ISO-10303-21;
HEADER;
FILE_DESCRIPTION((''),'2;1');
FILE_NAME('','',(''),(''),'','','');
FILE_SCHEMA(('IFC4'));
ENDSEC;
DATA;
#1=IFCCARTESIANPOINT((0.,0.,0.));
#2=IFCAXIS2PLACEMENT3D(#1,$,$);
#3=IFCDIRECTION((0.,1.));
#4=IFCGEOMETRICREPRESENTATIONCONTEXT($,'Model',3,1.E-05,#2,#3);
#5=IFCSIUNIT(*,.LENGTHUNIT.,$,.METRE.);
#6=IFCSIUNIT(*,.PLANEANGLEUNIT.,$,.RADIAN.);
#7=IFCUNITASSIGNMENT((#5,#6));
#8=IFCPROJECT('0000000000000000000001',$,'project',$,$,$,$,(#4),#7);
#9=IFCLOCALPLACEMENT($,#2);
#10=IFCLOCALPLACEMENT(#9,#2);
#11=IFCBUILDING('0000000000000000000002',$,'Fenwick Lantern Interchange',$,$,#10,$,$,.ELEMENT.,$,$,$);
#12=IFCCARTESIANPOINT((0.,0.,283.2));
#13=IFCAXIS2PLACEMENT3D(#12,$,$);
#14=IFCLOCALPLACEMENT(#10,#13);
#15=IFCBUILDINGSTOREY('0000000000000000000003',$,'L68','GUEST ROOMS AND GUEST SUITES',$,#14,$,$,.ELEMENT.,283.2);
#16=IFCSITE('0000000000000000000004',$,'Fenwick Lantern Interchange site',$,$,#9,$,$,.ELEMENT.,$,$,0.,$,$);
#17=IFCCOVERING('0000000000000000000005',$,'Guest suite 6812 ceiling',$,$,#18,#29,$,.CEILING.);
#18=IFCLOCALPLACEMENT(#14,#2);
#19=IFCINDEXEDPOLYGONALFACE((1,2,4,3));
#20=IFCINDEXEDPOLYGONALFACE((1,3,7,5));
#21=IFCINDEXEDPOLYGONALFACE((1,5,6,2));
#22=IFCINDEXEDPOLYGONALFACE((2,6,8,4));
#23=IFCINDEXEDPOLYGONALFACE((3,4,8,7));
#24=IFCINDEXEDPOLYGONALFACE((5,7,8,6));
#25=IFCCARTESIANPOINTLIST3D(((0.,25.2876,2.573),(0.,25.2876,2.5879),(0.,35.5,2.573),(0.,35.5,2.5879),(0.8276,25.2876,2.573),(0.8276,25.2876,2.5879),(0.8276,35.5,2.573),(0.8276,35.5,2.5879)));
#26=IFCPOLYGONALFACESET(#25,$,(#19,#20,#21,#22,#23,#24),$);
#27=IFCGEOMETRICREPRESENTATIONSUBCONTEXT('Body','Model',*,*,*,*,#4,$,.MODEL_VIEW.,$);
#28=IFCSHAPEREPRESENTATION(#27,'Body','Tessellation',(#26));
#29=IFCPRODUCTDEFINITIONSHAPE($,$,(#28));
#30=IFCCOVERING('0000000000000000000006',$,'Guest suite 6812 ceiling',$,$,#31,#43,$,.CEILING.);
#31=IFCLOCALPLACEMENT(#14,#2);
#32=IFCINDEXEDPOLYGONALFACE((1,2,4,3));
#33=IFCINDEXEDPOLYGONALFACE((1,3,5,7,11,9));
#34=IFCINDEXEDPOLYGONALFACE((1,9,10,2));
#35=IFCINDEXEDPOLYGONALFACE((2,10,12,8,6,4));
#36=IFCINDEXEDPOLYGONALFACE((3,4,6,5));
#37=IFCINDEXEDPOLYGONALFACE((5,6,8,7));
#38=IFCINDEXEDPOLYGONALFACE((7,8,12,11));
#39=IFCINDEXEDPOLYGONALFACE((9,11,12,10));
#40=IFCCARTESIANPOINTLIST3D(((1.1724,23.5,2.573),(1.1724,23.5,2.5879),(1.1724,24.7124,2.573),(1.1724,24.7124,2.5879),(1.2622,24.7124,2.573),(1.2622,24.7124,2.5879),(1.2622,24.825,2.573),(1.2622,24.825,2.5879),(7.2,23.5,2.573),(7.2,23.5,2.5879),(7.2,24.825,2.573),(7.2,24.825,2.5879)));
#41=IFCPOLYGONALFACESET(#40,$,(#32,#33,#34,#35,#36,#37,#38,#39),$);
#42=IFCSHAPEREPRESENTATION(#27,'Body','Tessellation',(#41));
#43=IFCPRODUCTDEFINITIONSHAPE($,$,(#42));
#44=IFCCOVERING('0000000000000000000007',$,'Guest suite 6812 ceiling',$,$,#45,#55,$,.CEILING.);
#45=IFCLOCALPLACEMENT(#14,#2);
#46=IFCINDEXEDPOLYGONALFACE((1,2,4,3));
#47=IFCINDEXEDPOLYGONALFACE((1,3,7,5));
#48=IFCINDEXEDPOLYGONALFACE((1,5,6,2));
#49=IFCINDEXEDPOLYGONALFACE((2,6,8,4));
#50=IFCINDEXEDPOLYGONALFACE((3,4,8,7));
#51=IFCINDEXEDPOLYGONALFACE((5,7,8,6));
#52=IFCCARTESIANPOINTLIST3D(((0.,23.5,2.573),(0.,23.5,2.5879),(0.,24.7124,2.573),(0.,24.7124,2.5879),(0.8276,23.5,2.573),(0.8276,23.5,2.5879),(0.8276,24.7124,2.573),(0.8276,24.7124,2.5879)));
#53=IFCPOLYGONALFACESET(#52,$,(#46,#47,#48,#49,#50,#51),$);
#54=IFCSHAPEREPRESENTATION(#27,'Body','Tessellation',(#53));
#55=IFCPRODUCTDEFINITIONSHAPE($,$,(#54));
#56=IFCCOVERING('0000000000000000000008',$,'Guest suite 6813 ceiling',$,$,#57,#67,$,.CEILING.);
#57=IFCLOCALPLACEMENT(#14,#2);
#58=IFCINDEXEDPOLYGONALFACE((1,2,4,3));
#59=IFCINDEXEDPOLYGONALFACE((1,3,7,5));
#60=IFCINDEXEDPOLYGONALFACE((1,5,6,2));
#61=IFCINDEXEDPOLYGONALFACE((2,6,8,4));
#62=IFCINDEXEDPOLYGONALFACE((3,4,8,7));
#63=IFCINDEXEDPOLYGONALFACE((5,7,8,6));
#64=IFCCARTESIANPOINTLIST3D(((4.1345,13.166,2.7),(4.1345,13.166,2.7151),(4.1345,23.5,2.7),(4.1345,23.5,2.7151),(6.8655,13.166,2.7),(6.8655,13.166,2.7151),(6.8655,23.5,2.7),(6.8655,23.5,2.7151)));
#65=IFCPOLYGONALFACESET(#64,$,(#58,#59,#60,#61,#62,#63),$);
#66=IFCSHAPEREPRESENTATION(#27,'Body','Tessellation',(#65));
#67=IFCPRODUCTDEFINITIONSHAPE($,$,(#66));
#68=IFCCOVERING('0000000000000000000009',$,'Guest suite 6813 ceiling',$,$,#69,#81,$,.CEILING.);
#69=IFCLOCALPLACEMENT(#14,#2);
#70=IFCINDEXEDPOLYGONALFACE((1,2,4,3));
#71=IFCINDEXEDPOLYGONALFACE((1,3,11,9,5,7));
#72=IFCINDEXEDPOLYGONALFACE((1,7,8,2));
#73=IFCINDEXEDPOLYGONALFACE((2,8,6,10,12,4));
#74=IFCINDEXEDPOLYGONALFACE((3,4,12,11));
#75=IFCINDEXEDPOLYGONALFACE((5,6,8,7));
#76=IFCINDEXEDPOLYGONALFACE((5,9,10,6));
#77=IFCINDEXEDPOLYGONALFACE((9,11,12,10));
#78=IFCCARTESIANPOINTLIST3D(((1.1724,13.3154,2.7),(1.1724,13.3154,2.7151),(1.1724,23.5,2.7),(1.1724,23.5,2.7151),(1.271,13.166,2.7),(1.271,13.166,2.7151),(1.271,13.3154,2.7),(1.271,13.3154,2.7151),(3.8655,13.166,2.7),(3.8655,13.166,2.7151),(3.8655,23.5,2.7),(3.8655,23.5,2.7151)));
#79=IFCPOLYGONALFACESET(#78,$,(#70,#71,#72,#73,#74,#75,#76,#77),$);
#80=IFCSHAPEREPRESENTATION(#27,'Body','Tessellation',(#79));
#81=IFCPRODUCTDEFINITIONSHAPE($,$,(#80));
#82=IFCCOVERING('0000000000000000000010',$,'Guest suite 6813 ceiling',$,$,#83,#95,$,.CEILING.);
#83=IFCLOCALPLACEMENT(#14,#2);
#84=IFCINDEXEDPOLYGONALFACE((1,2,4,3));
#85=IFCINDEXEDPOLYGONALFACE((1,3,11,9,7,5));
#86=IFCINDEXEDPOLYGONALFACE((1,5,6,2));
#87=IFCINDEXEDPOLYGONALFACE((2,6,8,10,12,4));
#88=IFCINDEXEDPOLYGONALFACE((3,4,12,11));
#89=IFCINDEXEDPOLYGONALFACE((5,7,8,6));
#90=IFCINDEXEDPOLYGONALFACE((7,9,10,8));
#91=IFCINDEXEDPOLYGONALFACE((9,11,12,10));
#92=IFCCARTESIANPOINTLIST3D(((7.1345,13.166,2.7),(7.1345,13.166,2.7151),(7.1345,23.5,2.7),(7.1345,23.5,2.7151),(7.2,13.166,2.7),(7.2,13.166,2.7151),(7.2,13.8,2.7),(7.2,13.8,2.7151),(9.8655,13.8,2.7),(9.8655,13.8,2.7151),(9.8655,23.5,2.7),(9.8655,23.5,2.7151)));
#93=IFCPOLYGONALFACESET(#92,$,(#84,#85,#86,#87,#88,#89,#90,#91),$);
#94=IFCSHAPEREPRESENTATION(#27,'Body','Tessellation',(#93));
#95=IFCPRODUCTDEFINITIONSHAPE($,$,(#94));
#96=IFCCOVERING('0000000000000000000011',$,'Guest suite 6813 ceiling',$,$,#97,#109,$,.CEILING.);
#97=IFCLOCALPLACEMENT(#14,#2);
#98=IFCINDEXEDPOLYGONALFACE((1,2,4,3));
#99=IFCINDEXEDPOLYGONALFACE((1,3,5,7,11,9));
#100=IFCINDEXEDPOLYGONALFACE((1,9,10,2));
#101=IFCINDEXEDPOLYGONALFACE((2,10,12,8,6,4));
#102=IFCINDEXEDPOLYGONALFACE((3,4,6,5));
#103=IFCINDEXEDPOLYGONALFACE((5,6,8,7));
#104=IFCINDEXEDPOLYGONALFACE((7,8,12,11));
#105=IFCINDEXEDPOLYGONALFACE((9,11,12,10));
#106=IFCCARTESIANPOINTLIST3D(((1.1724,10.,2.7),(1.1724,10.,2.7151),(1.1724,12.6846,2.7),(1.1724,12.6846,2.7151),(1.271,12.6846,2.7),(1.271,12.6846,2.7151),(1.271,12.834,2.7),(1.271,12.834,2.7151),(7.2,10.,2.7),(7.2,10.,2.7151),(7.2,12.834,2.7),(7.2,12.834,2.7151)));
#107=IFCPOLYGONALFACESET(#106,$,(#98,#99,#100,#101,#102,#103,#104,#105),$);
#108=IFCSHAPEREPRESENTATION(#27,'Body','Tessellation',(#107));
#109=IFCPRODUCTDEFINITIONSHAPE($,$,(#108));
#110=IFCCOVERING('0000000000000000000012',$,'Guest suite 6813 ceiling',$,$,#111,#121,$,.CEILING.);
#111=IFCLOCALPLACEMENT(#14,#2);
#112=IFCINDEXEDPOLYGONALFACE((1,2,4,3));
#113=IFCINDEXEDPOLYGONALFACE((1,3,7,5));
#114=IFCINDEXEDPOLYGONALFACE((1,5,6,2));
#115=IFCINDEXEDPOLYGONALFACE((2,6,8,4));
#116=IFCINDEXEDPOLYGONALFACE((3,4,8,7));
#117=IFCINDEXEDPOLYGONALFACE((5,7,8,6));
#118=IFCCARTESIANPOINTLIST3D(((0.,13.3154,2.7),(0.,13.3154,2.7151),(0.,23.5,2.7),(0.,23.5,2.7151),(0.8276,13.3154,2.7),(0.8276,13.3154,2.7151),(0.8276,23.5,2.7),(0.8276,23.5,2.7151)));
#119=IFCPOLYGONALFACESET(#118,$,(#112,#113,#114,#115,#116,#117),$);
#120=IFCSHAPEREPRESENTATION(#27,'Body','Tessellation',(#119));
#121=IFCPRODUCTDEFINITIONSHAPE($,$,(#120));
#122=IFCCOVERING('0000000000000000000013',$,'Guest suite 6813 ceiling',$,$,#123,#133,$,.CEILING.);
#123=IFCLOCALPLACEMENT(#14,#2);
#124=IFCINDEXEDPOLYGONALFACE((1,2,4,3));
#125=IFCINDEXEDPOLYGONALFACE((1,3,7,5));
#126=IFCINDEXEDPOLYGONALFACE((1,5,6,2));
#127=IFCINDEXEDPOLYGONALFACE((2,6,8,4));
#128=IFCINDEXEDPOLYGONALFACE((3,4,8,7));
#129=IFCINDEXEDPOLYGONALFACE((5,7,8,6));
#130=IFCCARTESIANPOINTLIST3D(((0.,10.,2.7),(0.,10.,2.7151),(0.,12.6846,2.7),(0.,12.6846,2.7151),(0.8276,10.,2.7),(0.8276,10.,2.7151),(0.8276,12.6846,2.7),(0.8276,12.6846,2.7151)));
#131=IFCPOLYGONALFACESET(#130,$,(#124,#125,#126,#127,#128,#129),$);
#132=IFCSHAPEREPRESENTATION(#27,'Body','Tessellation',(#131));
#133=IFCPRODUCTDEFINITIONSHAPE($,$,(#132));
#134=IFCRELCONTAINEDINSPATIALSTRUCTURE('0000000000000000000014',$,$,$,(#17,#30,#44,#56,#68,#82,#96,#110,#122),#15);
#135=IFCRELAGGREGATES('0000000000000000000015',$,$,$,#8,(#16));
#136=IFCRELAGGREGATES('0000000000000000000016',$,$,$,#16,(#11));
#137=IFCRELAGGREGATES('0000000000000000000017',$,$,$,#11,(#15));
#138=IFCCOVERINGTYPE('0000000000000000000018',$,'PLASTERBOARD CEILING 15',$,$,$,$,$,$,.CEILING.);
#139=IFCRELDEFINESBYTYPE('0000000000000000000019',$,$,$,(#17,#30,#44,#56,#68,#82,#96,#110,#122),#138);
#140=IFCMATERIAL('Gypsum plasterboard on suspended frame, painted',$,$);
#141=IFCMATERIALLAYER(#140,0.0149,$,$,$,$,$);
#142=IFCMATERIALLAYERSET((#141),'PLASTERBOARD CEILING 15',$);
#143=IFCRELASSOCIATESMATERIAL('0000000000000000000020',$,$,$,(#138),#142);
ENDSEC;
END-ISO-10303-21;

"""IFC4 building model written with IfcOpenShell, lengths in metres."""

from ifc_helpers import new_model, si_unit, direction, frame, origin, place, context, subcontext, project, spatial, polyline, outline, extrude, material, layer, layer_set, type_object, element, save


model = new_model("IFC4")

# Units and contexts
model_context = context("Model", 3, precision=1e-05, world=origin(), true_north=direction((0.0, 1.0)))
body_context = subcontext(model_context, "Body", "Model", "MODEL_VIEW")
ifc_project = project(units=[si_unit("LENGTHUNIT", "METRE"), si_unit("PLANEANGLEUNIT", "RADIAN")], contexts=[model_context])

# Site, building, storey
site_placement = place(None, origin())
site = spatial("IfcSite", under=ifc_project, at=site_placement, Name="Fenwick Lantern Interchange site", CompositionType="ELEMENT", RefElevation=0.0)
building_placement = place(site_placement, origin())
building = spatial("IfcBuilding", under=site, at=building_placement, Name="Fenwick Lantern Interchange", CompositionType="ELEMENT")
storey_placement = place(building_placement, frame((0.0, 0.0, 283.2)))
storey = spatial("IfcBuildingStorey", under=building, at=storey_placement, Name="L68", Description="GUEST ROOMS AND GUEST SUITES", CompositionType="ELEMENT", Elevation=283.2)

# Coverings
ifc_material_1 = material(Name="Gypsum plasterboard on suspended frame, painted")
ifc_layer_1 = layer(ifc_material_1, 0.0149)
ifc_layer_set_1 = layer_set([ifc_layer_1], Name="PLASTERBOARD CEILING 15")
covering_type_1 = type_object("IfcCoveringType", Name="PLASTERBOARD CEILING 15", PredefinedType="CEILING", material=ifc_layer_set_1)
covering_1_placement = place(storey_placement, frame((0.0, 0.0, 2.573)))
element("IfcCovering", 1, at=covering_1_placement, inside=storey, type_object=covering_type_1, Name="Guest suite 6812 ceiling", PredefinedType="CEILING", context=body_context, shape_type="SweptSolid", body=[
    extrude(outline(polyline([(0.0, 25.2876), (0.8276, 25.2876), (0.8276, 35.5), (0.0, 35.5), (0.0, 25.2876)])), origin(), (0.0, 0.0, 1.0), 0.0149),
])
covering_2_placement = place(storey_placement, frame((0.0, 0.0, 2.573)))
element("IfcCovering", 2, at=covering_2_placement, inside=storey, type_object=covering_type_1, Name="Guest suite 6812 ceiling", PredefinedType="CEILING", context=body_context, shape_type="SweptSolid", body=[
    extrude(outline(polyline([(1.2622, 24.7124), (1.1724, 24.7124), (1.1724, 23.5), (7.2, 23.5), (7.2, 24.825), (1.2622, 24.825), (1.2622, 24.7124)])), origin(), (0.0, 0.0, 1.0), 0.0149),
])
covering_3_placement = place(storey_placement, frame((0.0, 0.0, 2.573)))
element("IfcCovering", 3, at=covering_3_placement, inside=storey, type_object=covering_type_1, Name="Guest suite 6812 ceiling", PredefinedType="CEILING", context=body_context, shape_type="SweptSolid", body=[
    extrude(outline(polyline([(0.8276, 24.7124), (0.0, 24.7124), (0.0, 23.5), (0.8276, 23.5), (0.8276, 24.7124)])), origin(), (0.0, 0.0, 1.0), 0.0149),
])
covering_4_placement = place(storey_placement, frame((0.0, 0.0, 2.7)))
element("IfcCovering", 4, at=covering_4_placement, inside=storey, type_object=covering_type_1, Name="Guest suite 6813 ceiling", PredefinedType="CEILING", context=body_context, shape_type="SweptSolid", body=[
    extrude(outline(polyline([(6.8655, 23.5), (4.1345, 23.5), (4.1345, 13.166), (6.8655, 13.166), (6.8655, 23.5)])), origin(), (0.0, 0.0, 1.0), 0.0151),
])
covering_5_placement = place(storey_placement, frame((0.0, 0.0, 2.7)))
element("IfcCovering", 5, at=covering_5_placement, inside=storey, type_object=covering_type_1, Name="Guest suite 6813 ceiling", PredefinedType="CEILING", context=body_context, shape_type="SweptSolid", body=[
    extrude(outline(polyline([(1.271, 13.3154), (1.271, 13.166), (3.8655, 13.166), (3.8655, 23.5), (1.1724, 23.5), (1.1724, 13.3154), (1.271, 13.3154)])), origin(), (0.0, 0.0, 1.0), 0.0151),
])
covering_6_placement = place(storey_placement, frame((0.0, 0.0, 2.7)))
element("IfcCovering", 6, at=covering_6_placement, inside=storey, type_object=covering_type_1, Name="Guest suite 6813 ceiling", PredefinedType="CEILING", context=body_context, shape_type="SweptSolid", body=[
    extrude(outline(polyline([(9.8655, 23.5), (7.1345, 23.5), (7.1345, 13.166), (7.2, 13.166), (7.2, 13.8), (9.8655, 13.8), (9.8655, 23.5)])), origin(), (0.0, 0.0, 1.0), 0.0151),
])
covering_7_placement = place(storey_placement, frame((0.0, 0.0, 2.7)))
element("IfcCovering", 7, at=covering_7_placement, inside=storey, type_object=covering_type_1, Name="Guest suite 6813 ceiling", PredefinedType="CEILING", context=body_context, shape_type="SweptSolid", body=[
    extrude(outline(polyline([(1.271, 12.6846), (1.1724, 12.6846), (1.1724, 10.0), (7.2, 10.0), (7.2, 12.834), (1.271, 12.834), (1.271, 12.6846)])), origin(), (0.0, 0.0, 1.0), 0.0151),
])
covering_8_placement = place(storey_placement, frame((0.0, 0.0, 2.7)))
element("IfcCovering", 8, at=covering_8_placement, inside=storey, type_object=covering_type_1, Name="Guest suite 6813 ceiling", PredefinedType="CEILING", context=body_context, shape_type="SweptSolid", body=[
    extrude(outline(polyline([(0.0, 13.3154), (0.8276, 13.3154), (0.8276, 23.5), (0.0, 23.5), (0.0, 13.3154)])), origin(), (0.0, 0.0, 1.0), 0.0151),
])
covering_9_placement = place(storey_placement, frame((0.0, 0.0, 2.7)))
element("IfcCovering", 9, at=covering_9_placement, inside=storey, type_object=covering_type_1, Name="Guest suite 6813 ceiling", PredefinedType="CEILING", context=body_context, shape_type="SweptSolid", body=[
    extrude(outline(polyline([(0.8276, 12.6846), (0.0, 12.6846), (0.0, 10.0), (0.8276, 10.0), (0.8276, 12.6846)])), origin(), (0.0, 0.0, 1.0), 0.0151),
])

save(model, "model.ifc")
